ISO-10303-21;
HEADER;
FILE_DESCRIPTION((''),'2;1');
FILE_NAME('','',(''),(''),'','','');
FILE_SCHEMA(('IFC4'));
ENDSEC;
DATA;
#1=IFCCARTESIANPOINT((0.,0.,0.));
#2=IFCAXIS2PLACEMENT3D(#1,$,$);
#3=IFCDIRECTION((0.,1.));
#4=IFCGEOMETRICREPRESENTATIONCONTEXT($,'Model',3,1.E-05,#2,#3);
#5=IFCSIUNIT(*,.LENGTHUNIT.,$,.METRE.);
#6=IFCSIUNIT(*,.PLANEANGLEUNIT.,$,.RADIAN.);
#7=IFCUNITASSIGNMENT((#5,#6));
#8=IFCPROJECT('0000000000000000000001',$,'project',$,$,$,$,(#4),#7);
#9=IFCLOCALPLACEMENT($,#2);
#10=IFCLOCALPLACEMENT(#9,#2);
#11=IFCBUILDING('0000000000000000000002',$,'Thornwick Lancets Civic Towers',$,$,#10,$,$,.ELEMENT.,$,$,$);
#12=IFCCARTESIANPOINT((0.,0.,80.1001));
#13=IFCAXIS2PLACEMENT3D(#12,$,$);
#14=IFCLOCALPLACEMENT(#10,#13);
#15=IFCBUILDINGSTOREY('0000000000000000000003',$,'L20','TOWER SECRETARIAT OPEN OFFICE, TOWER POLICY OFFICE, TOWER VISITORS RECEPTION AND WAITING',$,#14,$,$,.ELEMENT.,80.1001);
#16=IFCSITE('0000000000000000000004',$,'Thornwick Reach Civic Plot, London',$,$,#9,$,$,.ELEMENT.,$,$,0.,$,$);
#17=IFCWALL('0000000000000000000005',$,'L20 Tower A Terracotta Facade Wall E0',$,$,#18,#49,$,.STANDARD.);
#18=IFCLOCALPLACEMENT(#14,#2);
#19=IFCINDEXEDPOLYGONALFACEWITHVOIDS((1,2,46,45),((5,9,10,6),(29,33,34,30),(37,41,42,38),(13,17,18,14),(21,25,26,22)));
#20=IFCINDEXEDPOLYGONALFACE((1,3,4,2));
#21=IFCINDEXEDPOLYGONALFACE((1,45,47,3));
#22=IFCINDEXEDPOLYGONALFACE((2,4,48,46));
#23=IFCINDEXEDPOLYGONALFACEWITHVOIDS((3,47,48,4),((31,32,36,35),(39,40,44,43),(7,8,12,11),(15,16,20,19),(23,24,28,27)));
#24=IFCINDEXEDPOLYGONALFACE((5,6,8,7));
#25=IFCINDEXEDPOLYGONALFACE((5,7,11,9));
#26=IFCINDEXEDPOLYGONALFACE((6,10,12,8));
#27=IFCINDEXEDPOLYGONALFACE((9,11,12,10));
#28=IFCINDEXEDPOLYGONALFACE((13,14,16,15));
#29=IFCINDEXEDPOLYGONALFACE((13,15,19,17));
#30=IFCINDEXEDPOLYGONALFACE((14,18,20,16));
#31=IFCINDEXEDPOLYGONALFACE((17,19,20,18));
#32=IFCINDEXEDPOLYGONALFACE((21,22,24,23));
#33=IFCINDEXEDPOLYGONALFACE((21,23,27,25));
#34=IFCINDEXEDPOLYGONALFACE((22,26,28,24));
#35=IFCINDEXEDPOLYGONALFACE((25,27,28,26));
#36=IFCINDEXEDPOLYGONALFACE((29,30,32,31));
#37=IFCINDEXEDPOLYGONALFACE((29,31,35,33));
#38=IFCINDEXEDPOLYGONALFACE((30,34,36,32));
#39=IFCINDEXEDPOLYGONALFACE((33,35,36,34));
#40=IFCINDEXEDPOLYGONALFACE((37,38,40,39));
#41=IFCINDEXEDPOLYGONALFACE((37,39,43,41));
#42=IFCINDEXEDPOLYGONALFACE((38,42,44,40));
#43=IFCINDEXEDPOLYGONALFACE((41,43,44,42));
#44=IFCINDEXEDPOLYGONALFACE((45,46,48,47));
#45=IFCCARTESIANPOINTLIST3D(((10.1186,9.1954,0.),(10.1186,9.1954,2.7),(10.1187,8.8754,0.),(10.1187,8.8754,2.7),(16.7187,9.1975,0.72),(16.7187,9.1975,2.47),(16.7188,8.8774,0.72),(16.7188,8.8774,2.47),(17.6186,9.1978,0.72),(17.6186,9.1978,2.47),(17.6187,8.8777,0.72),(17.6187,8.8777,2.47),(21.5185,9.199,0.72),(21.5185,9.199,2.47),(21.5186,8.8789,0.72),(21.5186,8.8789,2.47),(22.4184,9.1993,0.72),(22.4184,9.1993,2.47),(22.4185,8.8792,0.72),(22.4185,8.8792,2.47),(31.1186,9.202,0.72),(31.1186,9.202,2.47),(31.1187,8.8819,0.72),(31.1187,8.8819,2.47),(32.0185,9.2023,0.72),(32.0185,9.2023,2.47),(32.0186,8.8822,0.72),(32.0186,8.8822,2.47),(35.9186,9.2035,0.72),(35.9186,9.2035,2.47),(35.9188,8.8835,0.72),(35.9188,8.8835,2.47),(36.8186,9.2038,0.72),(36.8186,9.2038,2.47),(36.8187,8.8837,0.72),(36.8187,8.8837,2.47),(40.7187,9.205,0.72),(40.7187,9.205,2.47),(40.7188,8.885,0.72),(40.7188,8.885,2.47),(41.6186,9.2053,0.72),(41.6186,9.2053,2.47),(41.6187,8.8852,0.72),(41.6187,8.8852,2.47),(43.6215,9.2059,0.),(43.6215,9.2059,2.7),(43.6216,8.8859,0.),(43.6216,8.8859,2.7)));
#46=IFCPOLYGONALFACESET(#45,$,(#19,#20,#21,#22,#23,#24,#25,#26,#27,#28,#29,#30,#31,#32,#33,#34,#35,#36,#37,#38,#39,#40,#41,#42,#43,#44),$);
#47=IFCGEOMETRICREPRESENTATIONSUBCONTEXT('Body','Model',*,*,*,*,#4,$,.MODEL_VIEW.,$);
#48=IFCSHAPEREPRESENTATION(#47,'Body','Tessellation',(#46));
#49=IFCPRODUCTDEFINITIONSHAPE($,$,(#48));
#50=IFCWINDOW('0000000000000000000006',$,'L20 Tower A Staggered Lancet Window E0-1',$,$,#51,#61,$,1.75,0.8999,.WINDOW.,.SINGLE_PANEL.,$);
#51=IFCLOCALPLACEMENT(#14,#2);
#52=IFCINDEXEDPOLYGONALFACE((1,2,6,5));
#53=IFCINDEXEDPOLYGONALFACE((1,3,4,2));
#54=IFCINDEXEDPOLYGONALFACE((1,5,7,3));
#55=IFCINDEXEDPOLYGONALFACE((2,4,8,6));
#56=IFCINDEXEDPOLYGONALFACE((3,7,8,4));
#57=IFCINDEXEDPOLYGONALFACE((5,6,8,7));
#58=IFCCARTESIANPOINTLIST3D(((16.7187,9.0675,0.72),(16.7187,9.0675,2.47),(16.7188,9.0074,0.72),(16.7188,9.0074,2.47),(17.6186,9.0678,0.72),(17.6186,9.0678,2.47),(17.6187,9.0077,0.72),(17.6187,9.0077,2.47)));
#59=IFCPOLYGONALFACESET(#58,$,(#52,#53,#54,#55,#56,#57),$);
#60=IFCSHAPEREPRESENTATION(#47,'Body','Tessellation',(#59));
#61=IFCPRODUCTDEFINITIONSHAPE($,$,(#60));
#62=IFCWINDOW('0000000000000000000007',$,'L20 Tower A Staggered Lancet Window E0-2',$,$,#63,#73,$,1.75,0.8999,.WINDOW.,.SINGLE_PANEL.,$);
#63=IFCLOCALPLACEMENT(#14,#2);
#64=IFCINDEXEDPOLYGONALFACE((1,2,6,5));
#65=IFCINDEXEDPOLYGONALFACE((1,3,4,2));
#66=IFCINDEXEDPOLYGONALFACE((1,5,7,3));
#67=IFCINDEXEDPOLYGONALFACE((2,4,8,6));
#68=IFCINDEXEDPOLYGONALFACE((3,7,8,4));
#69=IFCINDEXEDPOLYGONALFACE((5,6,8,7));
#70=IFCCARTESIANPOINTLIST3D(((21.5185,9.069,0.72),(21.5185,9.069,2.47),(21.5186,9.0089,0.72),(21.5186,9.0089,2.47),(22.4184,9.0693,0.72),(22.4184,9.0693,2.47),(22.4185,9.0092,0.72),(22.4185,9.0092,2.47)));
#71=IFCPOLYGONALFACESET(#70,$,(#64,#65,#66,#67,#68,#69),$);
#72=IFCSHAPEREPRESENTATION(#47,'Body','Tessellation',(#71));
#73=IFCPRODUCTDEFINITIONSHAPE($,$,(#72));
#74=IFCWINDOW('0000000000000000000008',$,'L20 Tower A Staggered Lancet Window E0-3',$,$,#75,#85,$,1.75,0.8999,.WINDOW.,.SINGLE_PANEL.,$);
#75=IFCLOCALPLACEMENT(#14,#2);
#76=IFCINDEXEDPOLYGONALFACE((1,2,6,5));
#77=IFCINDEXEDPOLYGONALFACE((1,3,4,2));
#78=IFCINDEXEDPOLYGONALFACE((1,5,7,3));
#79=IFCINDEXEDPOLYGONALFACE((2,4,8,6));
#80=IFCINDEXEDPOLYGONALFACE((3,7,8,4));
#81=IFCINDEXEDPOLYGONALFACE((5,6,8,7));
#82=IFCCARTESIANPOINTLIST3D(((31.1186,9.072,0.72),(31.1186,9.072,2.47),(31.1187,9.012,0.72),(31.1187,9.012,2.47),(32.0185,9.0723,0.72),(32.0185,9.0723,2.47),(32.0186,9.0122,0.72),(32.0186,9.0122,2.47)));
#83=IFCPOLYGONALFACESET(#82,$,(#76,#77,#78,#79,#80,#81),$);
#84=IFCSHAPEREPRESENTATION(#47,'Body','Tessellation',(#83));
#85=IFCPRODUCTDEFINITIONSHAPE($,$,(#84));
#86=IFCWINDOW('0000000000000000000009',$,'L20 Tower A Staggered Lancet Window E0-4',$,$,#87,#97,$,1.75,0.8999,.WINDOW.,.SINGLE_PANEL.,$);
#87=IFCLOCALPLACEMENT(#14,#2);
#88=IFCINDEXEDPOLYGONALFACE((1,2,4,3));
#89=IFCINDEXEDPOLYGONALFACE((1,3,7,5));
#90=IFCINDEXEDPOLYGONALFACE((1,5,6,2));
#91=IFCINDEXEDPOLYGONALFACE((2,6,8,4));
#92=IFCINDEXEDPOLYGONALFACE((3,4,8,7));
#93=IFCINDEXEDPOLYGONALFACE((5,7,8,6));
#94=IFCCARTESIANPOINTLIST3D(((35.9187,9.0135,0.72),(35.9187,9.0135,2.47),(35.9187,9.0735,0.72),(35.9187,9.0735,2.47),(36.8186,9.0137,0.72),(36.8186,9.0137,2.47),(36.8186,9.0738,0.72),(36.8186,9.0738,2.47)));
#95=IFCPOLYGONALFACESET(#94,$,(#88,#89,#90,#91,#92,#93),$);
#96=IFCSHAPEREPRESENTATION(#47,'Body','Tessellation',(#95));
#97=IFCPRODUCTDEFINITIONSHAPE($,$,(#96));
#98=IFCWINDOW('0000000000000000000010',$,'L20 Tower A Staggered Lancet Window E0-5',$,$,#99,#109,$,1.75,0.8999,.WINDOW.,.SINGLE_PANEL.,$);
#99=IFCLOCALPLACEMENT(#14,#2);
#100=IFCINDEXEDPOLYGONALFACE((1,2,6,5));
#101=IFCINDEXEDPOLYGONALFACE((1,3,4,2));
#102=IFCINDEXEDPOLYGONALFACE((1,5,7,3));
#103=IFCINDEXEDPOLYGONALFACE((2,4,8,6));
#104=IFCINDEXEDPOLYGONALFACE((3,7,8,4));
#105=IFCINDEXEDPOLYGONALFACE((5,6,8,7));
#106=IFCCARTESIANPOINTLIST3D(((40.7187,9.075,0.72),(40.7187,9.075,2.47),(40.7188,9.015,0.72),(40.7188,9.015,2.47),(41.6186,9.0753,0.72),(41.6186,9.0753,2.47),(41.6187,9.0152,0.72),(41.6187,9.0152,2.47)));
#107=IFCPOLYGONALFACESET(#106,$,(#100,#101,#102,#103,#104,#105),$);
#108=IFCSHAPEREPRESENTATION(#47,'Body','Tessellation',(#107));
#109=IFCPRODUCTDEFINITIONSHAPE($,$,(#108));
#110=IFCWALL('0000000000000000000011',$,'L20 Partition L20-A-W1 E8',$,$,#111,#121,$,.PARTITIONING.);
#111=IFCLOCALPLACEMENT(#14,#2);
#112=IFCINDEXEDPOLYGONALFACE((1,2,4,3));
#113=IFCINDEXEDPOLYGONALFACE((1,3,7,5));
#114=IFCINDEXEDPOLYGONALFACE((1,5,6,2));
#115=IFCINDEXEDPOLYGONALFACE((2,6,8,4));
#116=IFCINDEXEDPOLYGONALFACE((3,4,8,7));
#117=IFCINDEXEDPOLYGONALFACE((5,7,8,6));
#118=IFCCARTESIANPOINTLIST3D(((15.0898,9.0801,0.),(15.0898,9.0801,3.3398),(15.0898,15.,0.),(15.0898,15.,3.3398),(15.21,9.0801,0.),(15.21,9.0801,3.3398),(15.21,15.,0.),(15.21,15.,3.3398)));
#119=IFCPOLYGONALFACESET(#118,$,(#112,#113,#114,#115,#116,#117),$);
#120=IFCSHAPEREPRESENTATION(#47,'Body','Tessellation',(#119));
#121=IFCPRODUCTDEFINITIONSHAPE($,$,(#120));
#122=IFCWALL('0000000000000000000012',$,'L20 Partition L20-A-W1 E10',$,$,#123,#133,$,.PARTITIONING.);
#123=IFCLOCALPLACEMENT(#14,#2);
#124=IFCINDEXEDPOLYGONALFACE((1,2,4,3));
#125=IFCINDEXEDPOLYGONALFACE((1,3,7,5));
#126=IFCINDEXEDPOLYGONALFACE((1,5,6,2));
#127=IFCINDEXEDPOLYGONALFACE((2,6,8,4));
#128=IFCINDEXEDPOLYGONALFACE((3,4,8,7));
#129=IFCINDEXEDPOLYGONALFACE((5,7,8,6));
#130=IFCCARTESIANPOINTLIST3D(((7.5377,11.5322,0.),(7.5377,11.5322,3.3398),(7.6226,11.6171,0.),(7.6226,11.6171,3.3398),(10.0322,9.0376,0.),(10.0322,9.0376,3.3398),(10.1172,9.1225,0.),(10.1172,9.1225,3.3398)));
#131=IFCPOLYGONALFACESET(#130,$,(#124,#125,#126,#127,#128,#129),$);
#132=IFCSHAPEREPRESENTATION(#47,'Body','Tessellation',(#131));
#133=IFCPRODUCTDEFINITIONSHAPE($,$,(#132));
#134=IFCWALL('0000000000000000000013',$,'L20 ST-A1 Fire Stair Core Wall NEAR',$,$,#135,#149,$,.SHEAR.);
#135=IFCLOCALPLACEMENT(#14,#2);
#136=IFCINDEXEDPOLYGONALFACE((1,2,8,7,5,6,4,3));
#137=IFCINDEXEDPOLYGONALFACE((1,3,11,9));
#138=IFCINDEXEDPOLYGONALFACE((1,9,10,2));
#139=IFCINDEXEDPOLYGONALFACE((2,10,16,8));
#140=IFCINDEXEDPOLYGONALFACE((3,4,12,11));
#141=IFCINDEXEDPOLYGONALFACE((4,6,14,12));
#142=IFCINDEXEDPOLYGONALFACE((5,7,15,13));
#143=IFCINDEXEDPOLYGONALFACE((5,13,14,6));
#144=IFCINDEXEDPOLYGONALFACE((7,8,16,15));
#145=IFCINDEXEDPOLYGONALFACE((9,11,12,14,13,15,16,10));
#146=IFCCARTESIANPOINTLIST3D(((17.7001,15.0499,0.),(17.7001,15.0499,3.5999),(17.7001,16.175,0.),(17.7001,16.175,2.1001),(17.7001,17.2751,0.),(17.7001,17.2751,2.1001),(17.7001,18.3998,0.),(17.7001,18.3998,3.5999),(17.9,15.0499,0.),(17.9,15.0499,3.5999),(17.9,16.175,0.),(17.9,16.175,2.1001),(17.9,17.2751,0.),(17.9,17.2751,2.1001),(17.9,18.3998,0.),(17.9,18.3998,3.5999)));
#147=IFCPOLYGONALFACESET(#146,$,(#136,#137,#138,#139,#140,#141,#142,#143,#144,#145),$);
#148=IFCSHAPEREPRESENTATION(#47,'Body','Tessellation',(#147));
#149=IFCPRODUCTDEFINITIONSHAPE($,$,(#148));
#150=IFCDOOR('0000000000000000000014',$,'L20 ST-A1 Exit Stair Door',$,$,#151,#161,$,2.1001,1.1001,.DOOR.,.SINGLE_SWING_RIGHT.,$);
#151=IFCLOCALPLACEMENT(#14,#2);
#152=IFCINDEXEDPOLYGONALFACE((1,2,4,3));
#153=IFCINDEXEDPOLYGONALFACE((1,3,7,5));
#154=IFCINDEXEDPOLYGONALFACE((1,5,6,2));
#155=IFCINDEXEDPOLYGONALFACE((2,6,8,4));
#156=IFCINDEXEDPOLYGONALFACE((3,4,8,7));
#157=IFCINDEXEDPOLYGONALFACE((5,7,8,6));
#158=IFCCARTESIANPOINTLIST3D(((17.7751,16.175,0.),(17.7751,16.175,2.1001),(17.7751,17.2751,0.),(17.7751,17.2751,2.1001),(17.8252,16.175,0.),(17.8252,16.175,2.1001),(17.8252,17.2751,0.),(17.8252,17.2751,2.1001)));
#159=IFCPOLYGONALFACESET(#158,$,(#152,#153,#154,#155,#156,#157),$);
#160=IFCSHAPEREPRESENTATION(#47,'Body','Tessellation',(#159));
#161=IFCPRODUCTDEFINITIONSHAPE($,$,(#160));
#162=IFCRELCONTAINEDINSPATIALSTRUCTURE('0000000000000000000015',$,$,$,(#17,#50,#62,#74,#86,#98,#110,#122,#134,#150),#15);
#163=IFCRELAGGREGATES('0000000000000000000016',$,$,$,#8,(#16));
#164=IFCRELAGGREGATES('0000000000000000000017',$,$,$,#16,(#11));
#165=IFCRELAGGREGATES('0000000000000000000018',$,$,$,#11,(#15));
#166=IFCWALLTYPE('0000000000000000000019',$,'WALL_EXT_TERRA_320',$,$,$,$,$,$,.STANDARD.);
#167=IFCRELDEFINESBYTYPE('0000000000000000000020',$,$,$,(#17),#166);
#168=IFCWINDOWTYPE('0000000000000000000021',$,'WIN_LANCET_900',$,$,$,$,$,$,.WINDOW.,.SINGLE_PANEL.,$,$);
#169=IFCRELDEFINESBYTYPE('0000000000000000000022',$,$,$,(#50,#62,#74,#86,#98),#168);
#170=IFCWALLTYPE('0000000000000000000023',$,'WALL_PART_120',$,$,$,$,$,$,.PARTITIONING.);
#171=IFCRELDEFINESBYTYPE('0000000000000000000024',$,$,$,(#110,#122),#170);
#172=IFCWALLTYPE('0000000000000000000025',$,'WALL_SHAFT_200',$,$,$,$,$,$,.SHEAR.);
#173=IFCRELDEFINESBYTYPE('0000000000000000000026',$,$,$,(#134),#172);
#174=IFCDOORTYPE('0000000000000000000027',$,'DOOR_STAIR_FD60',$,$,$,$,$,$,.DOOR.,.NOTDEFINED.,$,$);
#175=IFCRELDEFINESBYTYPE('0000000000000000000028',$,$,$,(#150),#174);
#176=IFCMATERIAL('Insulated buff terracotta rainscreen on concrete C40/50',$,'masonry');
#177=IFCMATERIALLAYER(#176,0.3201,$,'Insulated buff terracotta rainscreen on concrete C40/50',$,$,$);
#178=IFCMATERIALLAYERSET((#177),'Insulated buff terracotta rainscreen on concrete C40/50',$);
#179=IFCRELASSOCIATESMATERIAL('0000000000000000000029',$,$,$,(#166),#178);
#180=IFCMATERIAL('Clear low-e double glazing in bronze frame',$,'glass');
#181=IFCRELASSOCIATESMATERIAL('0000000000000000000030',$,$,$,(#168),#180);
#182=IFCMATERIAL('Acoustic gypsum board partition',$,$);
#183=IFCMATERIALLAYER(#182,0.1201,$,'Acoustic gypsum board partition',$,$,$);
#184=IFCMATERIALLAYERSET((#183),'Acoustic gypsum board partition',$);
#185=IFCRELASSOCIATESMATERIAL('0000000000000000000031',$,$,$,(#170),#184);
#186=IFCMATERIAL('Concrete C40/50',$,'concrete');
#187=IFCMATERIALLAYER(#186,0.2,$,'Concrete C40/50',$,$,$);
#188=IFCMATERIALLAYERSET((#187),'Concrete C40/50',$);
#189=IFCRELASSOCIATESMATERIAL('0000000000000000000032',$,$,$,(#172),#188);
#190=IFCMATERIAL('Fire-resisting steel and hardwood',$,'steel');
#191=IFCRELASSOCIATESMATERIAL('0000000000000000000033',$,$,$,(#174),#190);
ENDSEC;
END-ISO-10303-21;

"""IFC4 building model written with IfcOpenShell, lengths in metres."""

from ifc_helpers import new_model, si_unit, direction, frame, frame_2d, origin, place, context, subcontext, project, spatial, rectangle, extrude, material, layer, layer_set, type_object, element, fill, save


model = new_model("IFC4")

# Units and contexts
model_context = context("Model", 3, precision=1e-05, world=origin(), true_north=direction((0.0, 1.0)))
body_context = subcontext(model_context, "Body", "Model", "MODEL_VIEW")
ifc_project = project(units=[si_unit("LENGTHUNIT", "METRE"), si_unit("PLANEANGLEUNIT", "RADIAN")], contexts=[model_context])

# Site, building, storey
site_placement = place(None, origin())
site = spatial("IfcSite", under=ifc_project, at=site_placement, Name="Thornwick Reach Civic Plot, London", CompositionType="ELEMENT", RefElevation=0.0)
building_placement = place(site_placement, origin())
building = spatial("IfcBuilding", under=site, at=building_placement, Name="Thornwick Lancets Civic Towers", CompositionType="ELEMENT")
storey_placement = place(building_placement, frame((0.0, 0.0, 80.1001)))
storey = spatial("IfcBuildingStorey", under=building, at=storey_placement, Name="L20", Description="TOWER SECRETARIAT OPEN OFFICE, TOWER POLICY OFFICE, TOWER VISITORS RECEPTION AND WAITING", CompositionType="ELEMENT", Elevation=80.1001)

# Shared definitions
ifc_material_1 = material(Name="Concrete C40/50", Category="concrete")

# Wall, openings, windows
ifc_material_2 = material(Name="Insulated buff terracotta rainscreen on concrete C40/50", Category="masonry")
ifc_layer_1 = layer(ifc_material_2, 0.3201, Name="Insulated buff terracotta rainscreen on concrete C40/50")
ifc_layer_set_1 = layer_set([ifc_layer_1], Name="Insulated buff terracotta rainscreen on concrete C40/50")
wall_type_1 = type_object("IfcWallType", Name="WALL_EXT_TERRA_320", PredefinedType="STANDARD", material=ifc_layer_set_1)
wall_1_placement = place(storey_placement, frame((10.1187, 9.0354, 0.0), z_axis=(0.0, 0.0, 1.0), x_axis=(1.0, 0.000313, 0.0)))
wall_1 = element("IfcWall", 1, at=wall_1_placement, inside=storey, type_object=wall_type_1, Name="L20 Tower A Terracotta Facade Wall E0", PredefinedType="STANDARD", context=body_context, shape_type="SweptSolid", body=[
    extrude(rectangle(XDim=33.5029, YDim=0.3201, at=frame_2d((16.7515, 0.0))), origin(), (0.0, 0.0, 1.0), 2.7),
])
opening_1_placement = place(wall_1_placement, frame((6.6001, 0.0, 0.72)))
opening_1 = element("IfcOpeningElement", 2, at=opening_1_placement, cuts=wall_1, PredefinedType="OPENING", context=body_context, shape_type="SweptSolid", body=[
    extrude(rectangle(XDim=0.8999, YDim=1.75, at=frame_2d((0.45, 0.875))), frame((0.0, 0.1699, 0.0), z_axis=(0.0, -1.0, 0.0), x_axis=(1.0, 0.0, 0.0)), (0.0, 0.0, 1.0), 0.3401),
])
opening_2_placement = place(wall_1_placement, frame((11.3999, 0.0, 0.72)))
opening_2 = element("IfcOpeningElement", 3, at=opening_2_placement, cuts=wall_1, PredefinedType="OPENING", context=body_context, shape_type="SweptSolid", body=[
    extrude(rectangle(XDim=0.8999, YDim=1.75, at=frame_2d((0.45, 0.875))), frame((0.0, 0.1699, 0.0), z_axis=(0.0, -1.0, 0.0), x_axis=(1.0, 0.0, 0.0)), (0.0, 0.0, 1.0), 0.3401),
])
opening_3_placement = place(wall_1_placement, frame((21.0, 0.0, 0.72)))
opening_3 = element("IfcOpeningElement", 4, at=opening_3_placement, cuts=wall_1, PredefinedType="OPENING", context=body_context, shape_type="SweptSolid", body=[
    extrude(rectangle(XDim=0.8999, YDim=1.75, at=frame_2d((0.45, 0.875))), frame((0.0, 0.1699, 0.0), z_axis=(0.0, -1.0, 0.0), x_axis=(1.0, 0.0, 0.0)), (0.0, 0.0, 1.0), 0.3401),
])
opening_4_placement = place(wall_1_placement, frame((25.8, 0.0, 0.72)))
opening_4 = element("IfcOpeningElement", 5, at=opening_4_placement, cuts=wall_1, PredefinedType="OPENING", context=body_context, shape_type="SweptSolid", body=[
    extrude(rectangle(XDim=0.8999, YDim=1.75, at=frame_2d((0.45, 0.875))), frame((0.0, 0.1699, 0.0), z_axis=(0.0, -1.0, 0.0), x_axis=(1.0, 0.0, 0.0)), (0.0, 0.0, 1.0), 0.3401),
])
opening_5_placement = place(wall_1_placement, frame((30.6001, 0.0, 0.72)))
opening_5 = element("IfcOpeningElement", 6, at=opening_5_placement, cuts=wall_1, PredefinedType="OPENING", context=body_context, shape_type="SweptSolid", body=[
    extrude(rectangle(XDim=0.8999, YDim=1.75, at=frame_2d((0.45, 0.875))), frame((0.0, 0.1699, 0.0), z_axis=(0.0, -1.0, 0.0), x_axis=(1.0, 0.0, 0.0)), (0.0, 0.0, 1.0), 0.3401),
])
ifc_material_3 = material(Name="Clear low-e double glazing in bronze frame", Category="glass")
window_type = type_object("IfcWindowType", Name="WIN_LANCET_900", PartitioningType="SINGLE_PANEL", PredefinedType="WINDOW", material=ifc_material_3)
window_1_placement = place(opening_1_placement, origin())
window_1 = element("IfcWindow", 7, at=window_1_placement, inside=storey, type_object=window_type, Name="L20 Tower A Staggered Lancet Window E0-1", OverallHeight=1.75, OverallWidth=0.8999, PartitioningType="SINGLE_PANEL", PredefinedType="WINDOW", context=body_context, shape_type="SweptSolid", body=[
    extrude(rectangle(XDim=0.8999, YDim=1.75, at=frame_2d((0.45, 0.875))), frame((0.0, 0.03, 0.0), z_axis=(0.0, -1.0, 0.0), x_axis=(1.0, 0.0, 0.0)), (0.0, 0.0, 1.0), 0.0601),
])
fill(opening_1, window_1)
window_2_placement = place(opening_2_placement, origin())
window_2 = element("IfcWindow", 8, at=window_2_placement, inside=storey, type_object=window_type, Name="L20 Tower A Staggered Lancet Window E0-2", OverallHeight=1.75, OverallWidth=0.8999, PartitioningType="SINGLE_PANEL", PredefinedType="WINDOW", context=body_context, shape_type="SweptSolid", body=[
    extrude(rectangle(XDim=0.8999, YDim=1.75, at=frame_2d((0.45, 0.875))), frame((0.0, 0.03, 0.0), z_axis=(0.0, -1.0, 0.0), x_axis=(1.0, 0.0, 0.0)), (0.0, 0.0, 1.0), 0.0601),
])
fill(opening_2, window_2)
window_3_placement = place(opening_3_placement, origin())
window_3 = element("IfcWindow", 9, at=window_3_placement, inside=storey, type_object=window_type, Name="L20 Tower A Staggered Lancet Window E0-3", OverallHeight=1.75, OverallWidth=0.8999, PartitioningType="SINGLE_PANEL", PredefinedType="WINDOW", context=body_context, shape_type="SweptSolid", body=[
    extrude(rectangle(XDim=0.8999, YDim=1.75, at=frame_2d((0.45, 0.875))), frame((0.0, 0.03, 0.0), z_axis=(0.0, -1.0, 0.0), x_axis=(1.0, 0.0, 0.0)), (0.0, 0.0, 1.0), 0.0601),
])
fill(opening_3, window_3)
window_4_placement = place(opening_4_placement, origin())
window_4 = element("IfcWindow", 10, at=window_4_placement, inside=storey, type_object=window_type, Name="L20 Tower A Staggered Lancet Window E0-4", OverallHeight=1.75, OverallWidth=0.8999, PartitioningType="SINGLE_PANEL", PredefinedType="WINDOW", context=body_context, shape_type="SweptSolid", body=[
    extrude(rectangle(XDim=0.8999, YDim=1.75, at=frame_2d((0.45, 0.875))), frame((0.0, 0.03, 0.0), z_axis=(0.0, -1.0, 0.0), x_axis=(1.0, 0.0, 0.0)), (0.0, 0.0, 1.0), 0.0601),
])
fill(opening_4, window_4)
window_5_placement = place(opening_5_placement, origin())
window_5 = element("IfcWindow", 11, at=window_5_placement, inside=storey, type_object=window_type, Name="L20 Tower A Staggered Lancet Window E0-5", OverallHeight=1.75, OverallWidth=0.8999, PartitioningType="SINGLE_PANEL", PredefinedType="WINDOW", context=body_context, shape_type="SweptSolid", body=[
    extrude(rectangle(XDim=0.8999, YDim=1.75, at=frame_2d((0.45, 0.875))), frame((0.0, 0.03, 0.0), z_axis=(0.0, -1.0, 0.0), x_axis=(1.0, 0.0, 0.0)), (0.0, 0.0, 1.0), 0.0601),
])
fill(opening_5, window_5)

# Walls
ifc_material_4 = material(Name="Acoustic gypsum board partition")
ifc_layer_2 = layer(ifc_material_4, 0.1201, Name="Acoustic gypsum board partition")
ifc_layer_set_2 = layer_set([ifc_layer_2], Name="Acoustic gypsum board partition")
wall_type_2 = type_object("IfcWallType", Name="WALL_PART_120", PredefinedType="PARTITIONING", material=ifc_layer_set_2)
wall_2_placement = place(storey_placement, frame((15.1499, 15.0, 0.0), z_axis=(0.0, 0.0, 1.0), x_axis=(0.0, -1.0, 0.0)))
element("IfcWall", 12, at=wall_2_placement, inside=storey, type_object=wall_type_2, Name="L20 Partition L20-A-W1 E8", PredefinedType="PARTITIONING", context=body_context, shape_type="SweptSolid", body=[
    extrude(rectangle(XDim=5.9199, YDim=0.1201, at=frame_2d((2.96, 0.0))), origin(), (0.0, 0.0, 1.0), 3.3398),
])
wall_3_placement = place(storey_placement, frame((10.0747, 9.0801, 0.0), z_axis=(0.0, 0.0, 1.0), x_axis=(-0.707107, 0.707107, 0.0)))
element("IfcWall", 13, at=wall_3_placement, inside=storey, type_object=wall_type_2, Name="L20 Partition L20-A-W1 E10", PredefinedType="PARTITIONING", context=body_context, shape_type="SweptSolid", body=[
    extrude(rectangle(XDim=3.5278, YDim=0.1201, at=frame_2d((1.7639, 0.0))), origin(), (0.0, 0.0, 1.0), 3.3398),
])

# Wall, opening, door
ifc_layer_3 = layer(ifc_material_1, 0.2, Name="Concrete C40/50")
ifc_layer_set_3 = layer_set([ifc_layer_3], Name="Concrete C40/50")
wall_type_3 = type_object("IfcWallType", Name="WALL_SHAFT_200", PredefinedType="SHEAR", material=ifc_layer_set_3)
wall_4_placement = place(storey_placement, frame((17.8, 15.05, 0.0), z_axis=(0.0, 0.0, 1.0), x_axis=(0.0, 1.0, 0.0)))
wall_4 = element("IfcWall", 14, at=wall_4_placement, inside=storey, type_object=wall_type_3, Name="L20 ST-A1 Fire Stair Core Wall NEAR", PredefinedType="SHEAR", context=body_context, shape_type="SweptSolid", body=[
    extrude(rectangle(XDim=3.3499, YDim=0.2, at=frame_2d((1.6748, 0.0))), origin(), (0.0, 0.0, 1.0), 3.5999),
])
opening_6_placement = place(wall_4_placement, frame((1.125, 0.0, 0.0)))
opening_6 = element("IfcOpeningElement", 15, at=opening_6_placement, cuts=wall_4, PredefinedType="OPENING", context=body_context, shape_type="SweptSolid", body=[
    extrude(rectangle(XDim=1.1001, YDim=2.1001, at=frame_2d((0.55, 1.05))), frame((0.0, 0.1099, 0.0), z_axis=(0.0, -1.0, 0.0), x_axis=(1.0, 0.0, 0.0)), (0.0, 0.0, 1.0), 0.22),
])
ifc_material_5 = material(Name="Fire-resisting steel and hardwood", Category="steel")
door_type = type_object("IfcDoorType", Name="DOOR_STAIR_FD60", OperationType="NOTDEFINED", PredefinedType="DOOR", material=ifc_material_5)
door_placement = place(opening_6_placement, origin())
door = element("IfcDoor", 16, at=door_placement, inside=storey, type_object=door_type, Name="L20 ST-A1 Exit Stair Door", OperationType="SINGLE_SWING_RIGHT", OverallHeight=2.1001, OverallWidth=1.1001, PredefinedType="DOOR", context=body_context, shape_type="SweptSolid", body=[
    extrude(rectangle(XDim=1.1001, YDim=2.1001, at=frame_2d((0.55, 1.05))), frame((0.0, 0.0249, 0.0), z_axis=(0.0, -1.0, 0.0), x_axis=(1.0, 0.0, 0.0)), (0.0, 0.0, 1.0), 0.05),
])
fill(opening_6, door)

save(model, "model.ifc")
